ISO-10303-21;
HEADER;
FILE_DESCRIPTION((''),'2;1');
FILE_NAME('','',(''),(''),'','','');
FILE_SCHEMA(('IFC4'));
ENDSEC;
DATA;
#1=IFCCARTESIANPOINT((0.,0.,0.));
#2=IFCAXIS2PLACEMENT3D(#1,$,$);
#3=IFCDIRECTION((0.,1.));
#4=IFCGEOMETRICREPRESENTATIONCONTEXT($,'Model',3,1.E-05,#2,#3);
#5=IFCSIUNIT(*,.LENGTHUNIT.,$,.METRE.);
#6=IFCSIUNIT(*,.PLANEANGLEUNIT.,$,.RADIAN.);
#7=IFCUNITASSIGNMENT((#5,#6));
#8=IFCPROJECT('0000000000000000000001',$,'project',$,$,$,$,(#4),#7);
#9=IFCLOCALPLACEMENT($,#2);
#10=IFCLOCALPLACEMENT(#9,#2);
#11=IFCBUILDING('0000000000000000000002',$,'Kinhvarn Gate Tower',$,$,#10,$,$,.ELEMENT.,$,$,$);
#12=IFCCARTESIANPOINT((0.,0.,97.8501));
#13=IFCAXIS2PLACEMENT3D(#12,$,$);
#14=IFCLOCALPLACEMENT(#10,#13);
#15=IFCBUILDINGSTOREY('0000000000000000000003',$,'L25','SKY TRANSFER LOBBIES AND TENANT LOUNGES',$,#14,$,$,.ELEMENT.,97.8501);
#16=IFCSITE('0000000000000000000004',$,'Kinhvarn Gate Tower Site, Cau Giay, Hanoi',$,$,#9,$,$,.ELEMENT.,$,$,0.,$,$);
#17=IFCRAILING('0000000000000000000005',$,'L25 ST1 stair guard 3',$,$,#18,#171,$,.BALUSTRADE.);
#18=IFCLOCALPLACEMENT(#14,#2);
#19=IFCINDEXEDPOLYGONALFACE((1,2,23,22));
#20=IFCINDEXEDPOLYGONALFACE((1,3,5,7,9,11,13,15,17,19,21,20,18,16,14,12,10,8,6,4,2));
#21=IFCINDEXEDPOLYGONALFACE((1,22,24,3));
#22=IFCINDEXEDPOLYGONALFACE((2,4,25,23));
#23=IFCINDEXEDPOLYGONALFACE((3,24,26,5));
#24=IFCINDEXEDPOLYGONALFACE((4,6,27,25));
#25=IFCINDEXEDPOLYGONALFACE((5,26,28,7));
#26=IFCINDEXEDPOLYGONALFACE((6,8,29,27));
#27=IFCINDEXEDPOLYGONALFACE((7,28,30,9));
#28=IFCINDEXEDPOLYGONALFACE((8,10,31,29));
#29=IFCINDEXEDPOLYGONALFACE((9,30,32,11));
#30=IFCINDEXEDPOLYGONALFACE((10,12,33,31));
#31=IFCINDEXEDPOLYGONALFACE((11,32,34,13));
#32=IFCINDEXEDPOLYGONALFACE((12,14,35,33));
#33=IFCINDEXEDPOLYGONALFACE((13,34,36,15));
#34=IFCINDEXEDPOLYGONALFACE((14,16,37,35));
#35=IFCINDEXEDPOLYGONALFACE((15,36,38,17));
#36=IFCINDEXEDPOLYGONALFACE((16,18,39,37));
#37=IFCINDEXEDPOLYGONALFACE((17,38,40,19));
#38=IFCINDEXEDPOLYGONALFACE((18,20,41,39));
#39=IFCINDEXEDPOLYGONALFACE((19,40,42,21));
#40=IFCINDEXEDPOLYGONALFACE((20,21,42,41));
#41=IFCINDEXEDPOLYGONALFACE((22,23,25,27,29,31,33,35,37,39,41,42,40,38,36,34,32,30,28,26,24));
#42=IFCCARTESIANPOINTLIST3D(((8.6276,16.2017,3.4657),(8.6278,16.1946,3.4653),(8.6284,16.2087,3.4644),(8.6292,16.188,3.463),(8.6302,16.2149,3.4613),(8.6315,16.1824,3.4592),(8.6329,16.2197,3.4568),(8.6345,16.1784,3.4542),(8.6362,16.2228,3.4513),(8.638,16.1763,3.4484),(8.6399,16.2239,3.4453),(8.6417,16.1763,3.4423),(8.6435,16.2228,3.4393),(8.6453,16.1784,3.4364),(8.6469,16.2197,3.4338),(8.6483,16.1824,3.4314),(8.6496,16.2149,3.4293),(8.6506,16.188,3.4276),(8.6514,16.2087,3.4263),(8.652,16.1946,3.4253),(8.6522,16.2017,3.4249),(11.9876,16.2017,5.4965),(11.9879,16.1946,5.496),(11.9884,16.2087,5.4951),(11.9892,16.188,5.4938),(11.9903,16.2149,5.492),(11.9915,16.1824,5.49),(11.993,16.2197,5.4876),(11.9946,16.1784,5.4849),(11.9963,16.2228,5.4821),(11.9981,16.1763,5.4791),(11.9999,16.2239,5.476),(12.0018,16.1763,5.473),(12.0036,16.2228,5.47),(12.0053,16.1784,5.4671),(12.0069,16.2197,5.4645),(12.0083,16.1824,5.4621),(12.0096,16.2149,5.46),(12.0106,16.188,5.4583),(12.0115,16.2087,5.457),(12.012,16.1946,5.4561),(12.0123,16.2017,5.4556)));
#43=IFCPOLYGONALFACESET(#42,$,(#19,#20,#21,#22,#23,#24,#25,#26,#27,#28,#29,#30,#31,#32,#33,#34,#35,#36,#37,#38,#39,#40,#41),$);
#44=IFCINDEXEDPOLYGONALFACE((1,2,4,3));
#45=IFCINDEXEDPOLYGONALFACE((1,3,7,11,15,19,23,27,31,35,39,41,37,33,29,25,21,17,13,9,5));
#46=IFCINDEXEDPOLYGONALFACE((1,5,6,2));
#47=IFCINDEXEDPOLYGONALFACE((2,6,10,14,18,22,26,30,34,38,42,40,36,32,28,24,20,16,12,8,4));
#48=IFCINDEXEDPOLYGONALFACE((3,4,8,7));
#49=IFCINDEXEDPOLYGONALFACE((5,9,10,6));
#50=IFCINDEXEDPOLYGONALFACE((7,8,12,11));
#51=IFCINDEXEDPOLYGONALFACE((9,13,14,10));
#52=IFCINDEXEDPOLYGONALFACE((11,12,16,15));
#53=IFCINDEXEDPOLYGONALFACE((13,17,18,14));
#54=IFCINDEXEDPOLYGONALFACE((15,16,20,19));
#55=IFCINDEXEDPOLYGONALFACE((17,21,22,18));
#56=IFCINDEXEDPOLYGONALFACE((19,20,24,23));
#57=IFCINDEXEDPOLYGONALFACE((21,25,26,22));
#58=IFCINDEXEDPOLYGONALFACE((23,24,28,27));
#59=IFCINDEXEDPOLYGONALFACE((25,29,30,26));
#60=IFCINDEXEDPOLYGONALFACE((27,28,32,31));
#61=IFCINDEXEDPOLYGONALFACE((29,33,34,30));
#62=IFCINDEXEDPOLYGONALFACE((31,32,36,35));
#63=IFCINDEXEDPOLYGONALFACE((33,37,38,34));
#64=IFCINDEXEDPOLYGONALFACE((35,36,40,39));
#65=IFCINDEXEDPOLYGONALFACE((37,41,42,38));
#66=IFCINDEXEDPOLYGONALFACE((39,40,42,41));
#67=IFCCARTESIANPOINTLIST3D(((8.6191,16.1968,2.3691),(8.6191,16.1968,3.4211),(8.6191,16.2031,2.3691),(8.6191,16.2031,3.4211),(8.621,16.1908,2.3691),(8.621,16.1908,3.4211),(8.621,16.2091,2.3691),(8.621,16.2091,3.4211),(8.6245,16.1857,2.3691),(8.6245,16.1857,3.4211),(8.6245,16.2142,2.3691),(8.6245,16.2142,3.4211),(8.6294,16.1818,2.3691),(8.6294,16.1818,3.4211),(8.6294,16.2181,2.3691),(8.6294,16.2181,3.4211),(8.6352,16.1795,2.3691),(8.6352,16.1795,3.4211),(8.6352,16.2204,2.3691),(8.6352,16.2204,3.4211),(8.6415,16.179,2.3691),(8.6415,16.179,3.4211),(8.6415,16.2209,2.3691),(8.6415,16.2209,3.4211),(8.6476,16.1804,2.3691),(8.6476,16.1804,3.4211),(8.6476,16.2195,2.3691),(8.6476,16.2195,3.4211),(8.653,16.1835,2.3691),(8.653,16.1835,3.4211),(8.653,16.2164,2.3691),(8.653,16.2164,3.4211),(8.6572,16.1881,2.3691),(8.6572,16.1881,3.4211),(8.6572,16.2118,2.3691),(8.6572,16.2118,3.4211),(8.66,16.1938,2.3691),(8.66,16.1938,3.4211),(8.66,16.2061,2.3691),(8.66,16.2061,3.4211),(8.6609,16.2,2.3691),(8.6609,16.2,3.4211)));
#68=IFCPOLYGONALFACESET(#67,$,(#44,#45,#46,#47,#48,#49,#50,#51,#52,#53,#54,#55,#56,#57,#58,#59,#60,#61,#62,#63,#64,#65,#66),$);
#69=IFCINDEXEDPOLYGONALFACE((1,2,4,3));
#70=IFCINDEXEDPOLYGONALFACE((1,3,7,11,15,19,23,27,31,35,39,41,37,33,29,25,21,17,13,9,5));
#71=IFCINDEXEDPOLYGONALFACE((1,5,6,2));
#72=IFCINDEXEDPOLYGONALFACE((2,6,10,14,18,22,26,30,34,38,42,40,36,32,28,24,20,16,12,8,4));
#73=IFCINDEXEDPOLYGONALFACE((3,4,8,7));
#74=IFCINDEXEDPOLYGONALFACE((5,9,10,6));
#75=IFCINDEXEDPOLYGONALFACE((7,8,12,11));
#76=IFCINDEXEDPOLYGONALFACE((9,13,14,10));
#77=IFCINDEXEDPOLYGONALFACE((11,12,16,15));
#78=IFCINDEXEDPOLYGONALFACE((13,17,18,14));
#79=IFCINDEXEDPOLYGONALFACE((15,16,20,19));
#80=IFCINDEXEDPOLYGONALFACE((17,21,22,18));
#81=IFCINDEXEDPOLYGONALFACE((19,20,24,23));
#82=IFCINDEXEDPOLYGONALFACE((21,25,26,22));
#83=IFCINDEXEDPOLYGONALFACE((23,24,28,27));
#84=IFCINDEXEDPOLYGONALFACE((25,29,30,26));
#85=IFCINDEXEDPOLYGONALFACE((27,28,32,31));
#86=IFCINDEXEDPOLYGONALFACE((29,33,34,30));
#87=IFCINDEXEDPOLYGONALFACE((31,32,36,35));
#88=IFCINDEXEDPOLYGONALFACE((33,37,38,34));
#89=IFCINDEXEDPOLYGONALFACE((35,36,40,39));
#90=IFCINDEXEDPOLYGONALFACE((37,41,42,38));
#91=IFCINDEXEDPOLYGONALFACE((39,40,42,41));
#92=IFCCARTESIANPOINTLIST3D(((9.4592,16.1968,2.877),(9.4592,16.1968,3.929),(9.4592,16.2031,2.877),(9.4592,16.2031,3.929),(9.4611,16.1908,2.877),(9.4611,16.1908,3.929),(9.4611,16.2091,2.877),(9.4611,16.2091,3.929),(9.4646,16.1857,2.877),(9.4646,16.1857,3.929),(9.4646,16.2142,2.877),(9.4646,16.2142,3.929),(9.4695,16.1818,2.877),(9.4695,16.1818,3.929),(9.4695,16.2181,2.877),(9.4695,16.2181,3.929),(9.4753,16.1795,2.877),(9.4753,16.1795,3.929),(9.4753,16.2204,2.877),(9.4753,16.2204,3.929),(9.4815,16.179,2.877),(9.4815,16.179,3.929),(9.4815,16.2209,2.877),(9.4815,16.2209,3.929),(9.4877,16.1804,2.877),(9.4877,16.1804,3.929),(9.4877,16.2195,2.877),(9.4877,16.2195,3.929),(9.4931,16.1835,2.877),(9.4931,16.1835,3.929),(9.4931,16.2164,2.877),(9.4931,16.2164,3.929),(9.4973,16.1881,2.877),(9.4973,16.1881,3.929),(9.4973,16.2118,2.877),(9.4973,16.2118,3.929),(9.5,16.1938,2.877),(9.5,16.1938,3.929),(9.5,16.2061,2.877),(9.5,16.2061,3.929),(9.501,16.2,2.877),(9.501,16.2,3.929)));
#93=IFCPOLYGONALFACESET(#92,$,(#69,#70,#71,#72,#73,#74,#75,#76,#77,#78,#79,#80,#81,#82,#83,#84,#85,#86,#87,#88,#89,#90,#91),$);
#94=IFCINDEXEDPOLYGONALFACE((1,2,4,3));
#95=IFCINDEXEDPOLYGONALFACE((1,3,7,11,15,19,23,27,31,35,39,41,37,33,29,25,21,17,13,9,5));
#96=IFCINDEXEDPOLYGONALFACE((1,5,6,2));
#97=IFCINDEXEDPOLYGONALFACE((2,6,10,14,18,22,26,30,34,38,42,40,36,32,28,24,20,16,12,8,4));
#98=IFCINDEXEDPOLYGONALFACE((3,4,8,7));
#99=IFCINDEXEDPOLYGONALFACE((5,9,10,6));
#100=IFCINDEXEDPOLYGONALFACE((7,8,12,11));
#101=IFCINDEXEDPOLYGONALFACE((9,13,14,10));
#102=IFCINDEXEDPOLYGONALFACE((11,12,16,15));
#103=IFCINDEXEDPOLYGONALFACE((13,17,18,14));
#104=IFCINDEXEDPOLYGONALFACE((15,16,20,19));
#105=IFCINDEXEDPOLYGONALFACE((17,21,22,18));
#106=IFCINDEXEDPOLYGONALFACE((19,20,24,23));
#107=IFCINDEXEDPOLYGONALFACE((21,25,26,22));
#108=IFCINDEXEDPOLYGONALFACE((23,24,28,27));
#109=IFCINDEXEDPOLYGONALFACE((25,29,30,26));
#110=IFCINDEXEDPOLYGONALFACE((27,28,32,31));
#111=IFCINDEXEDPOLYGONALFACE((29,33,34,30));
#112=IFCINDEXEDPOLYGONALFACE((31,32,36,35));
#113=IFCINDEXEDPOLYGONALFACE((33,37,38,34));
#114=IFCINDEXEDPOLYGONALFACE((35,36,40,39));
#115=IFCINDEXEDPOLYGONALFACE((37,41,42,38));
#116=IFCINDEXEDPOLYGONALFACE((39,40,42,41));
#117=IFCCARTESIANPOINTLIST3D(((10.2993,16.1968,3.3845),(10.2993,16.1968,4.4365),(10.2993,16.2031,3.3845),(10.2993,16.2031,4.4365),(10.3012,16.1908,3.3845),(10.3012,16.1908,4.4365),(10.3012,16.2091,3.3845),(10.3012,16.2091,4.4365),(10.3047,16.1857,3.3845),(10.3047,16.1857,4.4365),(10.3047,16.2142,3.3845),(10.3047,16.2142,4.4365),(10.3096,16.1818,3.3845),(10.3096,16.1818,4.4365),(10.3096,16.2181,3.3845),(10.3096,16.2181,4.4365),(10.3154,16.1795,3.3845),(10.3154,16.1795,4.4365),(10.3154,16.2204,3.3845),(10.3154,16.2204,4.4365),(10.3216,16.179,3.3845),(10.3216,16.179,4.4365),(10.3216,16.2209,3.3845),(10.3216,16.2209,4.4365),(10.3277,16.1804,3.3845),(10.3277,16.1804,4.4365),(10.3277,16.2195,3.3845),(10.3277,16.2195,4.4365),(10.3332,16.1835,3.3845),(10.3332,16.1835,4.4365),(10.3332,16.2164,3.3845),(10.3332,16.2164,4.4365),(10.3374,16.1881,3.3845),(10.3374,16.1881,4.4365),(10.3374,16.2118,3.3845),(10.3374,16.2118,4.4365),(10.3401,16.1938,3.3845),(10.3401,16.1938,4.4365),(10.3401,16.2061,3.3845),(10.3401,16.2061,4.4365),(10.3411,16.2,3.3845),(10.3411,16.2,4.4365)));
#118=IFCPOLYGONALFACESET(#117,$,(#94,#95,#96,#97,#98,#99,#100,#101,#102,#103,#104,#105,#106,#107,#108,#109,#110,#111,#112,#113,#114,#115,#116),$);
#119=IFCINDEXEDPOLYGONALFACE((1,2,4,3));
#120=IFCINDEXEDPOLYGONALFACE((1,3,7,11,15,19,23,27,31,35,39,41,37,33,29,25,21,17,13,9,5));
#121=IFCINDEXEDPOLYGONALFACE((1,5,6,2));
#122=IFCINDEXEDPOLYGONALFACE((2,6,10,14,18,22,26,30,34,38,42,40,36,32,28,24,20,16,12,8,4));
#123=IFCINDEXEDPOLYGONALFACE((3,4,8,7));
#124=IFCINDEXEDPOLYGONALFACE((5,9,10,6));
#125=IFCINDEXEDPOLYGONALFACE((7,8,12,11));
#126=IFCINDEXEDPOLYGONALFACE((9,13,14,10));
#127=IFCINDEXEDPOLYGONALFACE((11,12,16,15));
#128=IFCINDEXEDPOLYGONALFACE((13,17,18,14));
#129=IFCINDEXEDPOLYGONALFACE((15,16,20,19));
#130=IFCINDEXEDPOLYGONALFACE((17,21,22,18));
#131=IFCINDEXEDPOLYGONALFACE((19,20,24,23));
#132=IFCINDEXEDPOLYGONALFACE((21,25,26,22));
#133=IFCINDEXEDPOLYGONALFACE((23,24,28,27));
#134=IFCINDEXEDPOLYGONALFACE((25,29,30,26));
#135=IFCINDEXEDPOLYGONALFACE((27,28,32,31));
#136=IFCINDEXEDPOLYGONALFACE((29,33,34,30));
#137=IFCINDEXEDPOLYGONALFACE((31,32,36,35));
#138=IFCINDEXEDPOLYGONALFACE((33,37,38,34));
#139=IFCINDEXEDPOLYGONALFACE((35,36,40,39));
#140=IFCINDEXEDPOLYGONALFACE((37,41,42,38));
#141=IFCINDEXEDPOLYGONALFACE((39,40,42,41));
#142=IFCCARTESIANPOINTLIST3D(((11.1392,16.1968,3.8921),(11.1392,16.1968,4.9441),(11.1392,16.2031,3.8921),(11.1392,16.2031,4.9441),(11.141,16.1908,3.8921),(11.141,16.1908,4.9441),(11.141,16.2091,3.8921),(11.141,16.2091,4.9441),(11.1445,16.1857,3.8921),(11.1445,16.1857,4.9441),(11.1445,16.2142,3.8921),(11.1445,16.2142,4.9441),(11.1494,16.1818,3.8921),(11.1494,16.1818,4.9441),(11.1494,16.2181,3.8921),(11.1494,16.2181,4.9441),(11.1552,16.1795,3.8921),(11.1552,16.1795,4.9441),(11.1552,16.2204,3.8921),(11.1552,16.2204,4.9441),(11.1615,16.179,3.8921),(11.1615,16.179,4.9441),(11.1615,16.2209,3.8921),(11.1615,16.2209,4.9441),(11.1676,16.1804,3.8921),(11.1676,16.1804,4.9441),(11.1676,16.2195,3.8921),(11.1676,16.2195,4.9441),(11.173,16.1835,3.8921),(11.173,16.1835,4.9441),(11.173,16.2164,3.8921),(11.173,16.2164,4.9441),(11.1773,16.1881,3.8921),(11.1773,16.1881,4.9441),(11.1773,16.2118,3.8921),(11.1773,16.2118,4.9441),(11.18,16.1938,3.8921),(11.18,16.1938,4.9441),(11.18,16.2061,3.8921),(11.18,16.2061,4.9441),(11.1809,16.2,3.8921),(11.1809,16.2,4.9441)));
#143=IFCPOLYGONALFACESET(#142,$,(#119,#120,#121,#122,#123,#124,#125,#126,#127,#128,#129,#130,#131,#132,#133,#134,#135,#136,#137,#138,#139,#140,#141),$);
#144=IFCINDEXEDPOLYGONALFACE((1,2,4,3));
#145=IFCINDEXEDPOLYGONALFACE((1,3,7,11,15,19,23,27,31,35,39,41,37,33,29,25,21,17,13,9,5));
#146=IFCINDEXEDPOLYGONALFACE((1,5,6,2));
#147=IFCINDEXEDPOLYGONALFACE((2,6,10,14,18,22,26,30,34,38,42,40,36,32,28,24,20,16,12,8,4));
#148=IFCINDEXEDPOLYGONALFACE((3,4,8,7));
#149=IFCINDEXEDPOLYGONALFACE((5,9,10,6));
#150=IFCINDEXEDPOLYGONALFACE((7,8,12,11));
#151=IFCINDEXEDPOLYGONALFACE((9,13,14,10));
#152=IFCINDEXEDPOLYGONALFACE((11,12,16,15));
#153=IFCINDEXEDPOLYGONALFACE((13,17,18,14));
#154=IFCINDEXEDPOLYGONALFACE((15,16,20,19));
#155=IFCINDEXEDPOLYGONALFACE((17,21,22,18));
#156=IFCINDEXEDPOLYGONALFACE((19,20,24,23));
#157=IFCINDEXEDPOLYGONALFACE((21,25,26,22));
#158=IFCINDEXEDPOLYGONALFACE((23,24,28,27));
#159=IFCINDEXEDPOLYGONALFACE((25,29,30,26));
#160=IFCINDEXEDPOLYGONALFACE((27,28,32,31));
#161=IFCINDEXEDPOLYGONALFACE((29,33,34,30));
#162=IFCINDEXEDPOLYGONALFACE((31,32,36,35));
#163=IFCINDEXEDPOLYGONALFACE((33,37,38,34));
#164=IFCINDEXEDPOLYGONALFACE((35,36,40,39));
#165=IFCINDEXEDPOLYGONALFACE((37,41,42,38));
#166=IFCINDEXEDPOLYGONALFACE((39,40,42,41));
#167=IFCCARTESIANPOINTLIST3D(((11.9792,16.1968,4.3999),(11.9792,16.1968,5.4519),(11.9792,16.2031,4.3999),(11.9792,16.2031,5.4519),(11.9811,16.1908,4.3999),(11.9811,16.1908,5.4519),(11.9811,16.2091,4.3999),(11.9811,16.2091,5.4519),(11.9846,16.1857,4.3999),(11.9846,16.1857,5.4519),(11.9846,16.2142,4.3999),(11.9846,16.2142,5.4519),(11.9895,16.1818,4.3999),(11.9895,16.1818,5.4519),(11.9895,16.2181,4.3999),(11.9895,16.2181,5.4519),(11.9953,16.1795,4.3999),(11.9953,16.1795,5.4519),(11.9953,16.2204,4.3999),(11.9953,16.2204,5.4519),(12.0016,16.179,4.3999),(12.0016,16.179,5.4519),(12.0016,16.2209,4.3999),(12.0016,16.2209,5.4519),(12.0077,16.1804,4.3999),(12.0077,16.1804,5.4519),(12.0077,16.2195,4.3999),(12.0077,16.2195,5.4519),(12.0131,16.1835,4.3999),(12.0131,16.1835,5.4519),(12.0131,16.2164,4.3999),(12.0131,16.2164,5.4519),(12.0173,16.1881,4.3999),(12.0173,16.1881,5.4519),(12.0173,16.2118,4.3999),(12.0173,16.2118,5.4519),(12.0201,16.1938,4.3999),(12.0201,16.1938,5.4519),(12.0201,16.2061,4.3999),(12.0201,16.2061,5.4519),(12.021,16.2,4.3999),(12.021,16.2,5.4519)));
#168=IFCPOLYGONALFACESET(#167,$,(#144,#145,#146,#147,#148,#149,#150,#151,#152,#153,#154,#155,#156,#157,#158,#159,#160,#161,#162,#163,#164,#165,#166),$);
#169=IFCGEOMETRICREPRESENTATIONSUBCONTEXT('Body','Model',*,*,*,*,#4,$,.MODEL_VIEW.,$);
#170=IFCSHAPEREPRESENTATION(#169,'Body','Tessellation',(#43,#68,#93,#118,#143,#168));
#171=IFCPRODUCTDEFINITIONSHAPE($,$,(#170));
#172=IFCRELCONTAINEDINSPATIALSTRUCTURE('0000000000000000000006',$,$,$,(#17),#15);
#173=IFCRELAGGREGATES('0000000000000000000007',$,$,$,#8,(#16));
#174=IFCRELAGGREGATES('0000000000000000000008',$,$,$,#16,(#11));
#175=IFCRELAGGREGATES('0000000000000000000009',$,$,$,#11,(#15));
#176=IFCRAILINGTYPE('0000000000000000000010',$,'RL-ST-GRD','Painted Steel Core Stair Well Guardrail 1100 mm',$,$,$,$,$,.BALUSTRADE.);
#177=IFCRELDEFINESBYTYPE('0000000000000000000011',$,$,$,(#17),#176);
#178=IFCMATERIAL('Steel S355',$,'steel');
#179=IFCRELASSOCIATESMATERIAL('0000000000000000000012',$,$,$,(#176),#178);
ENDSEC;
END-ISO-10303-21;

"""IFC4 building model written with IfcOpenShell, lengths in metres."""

from ifc_helpers import new_model, si_unit, direction, frame, origin, origin_2d, place, context, subcontext, project, spatial, circle, extrude, material, type_object, element, save


model = new_model("IFC4")

# Units and contexts
model_context = context("Model", 3, precision=1e-05, world=origin(), true_north=direction((0.0, 1.0)))
body_context = subcontext(model_context, "Body", "Model", "MODEL_VIEW")
ifc_project = project(units=[si_unit("LENGTHUNIT", "METRE"), si_unit("PLANEANGLEUNIT", "RADIAN")], contexts=[model_context])

# Site, building, storey
site_placement = place(None, origin())
site = spatial("IfcSite", under=ifc_project, at=site_placement, Name="Kinhvarn Gate Tower Site, Cau Giay, Hanoi", CompositionType="ELEMENT", RefElevation=0.0)
building_placement = place(site_placement, origin())
building = spatial("IfcBuilding", under=site, at=building_placement, Name="Kinhvarn Gate Tower", CompositionType="ELEMENT")
storey_placement = place(building_placement, frame((0.0, 0.0, 97.8501)))
storey = spatial("IfcBuildingStorey", under=building, at=storey_placement, Name="L25", Description="SKY TRANSFER LOBBIES AND TENANT LOUNGES", CompositionType="ELEMENT", Elevation=97.8501)

# Shared definitions
ifc_material_1 = material(Name="Steel S355", Category="steel")

# Railing
railing_type_1 = type_object("IfcRailingType", Name="RL-ST-GRD", Description="Painted Steel Core Stair Well Guardrail 1100 mm", PredefinedType="BALUSTRADE", material=ifc_material_1)
railing_1_placement = place(storey_placement, frame((8.6399, 16.2, 2.3691)))
element("IfcRailing", 1, at=railing_1_placement, inside=storey, type_object=railing_type_1, Name="L25 ST1 stair guard 3", PredefinedType="BALUSTRADE", context=body_context, shape_type="SweptSolid", body=[
    extrude(circle(Radius=0.0239, at=origin_2d()), frame((0.0, 0.0, 1.0762), z_axis=(0.855837, 0.0, 0.517246), x_axis=(0.0, 1.0, 0.0)), (0.0, 0.0, 1.0), 3.926),
    extrude(circle(Radius=0.021, at=origin_2d()), origin(), (0.0, 0.0, 1.0), 1.052),
    extrude(circle(Radius=0.021, at=origin_2d()), frame((0.8401, 0.0, 0.5078)), (0.0, 0.0, 1.0), 1.052),
    extrude(circle(Radius=0.021, at=origin_2d()), frame((1.6802, 0.0, 1.0154)), (0.0, 0.0, 1.0), 1.052),
    extrude(circle(Radius=0.021, at=origin_2d()), frame((2.52, 0.0, 1.5229)), (0.0, 0.0, 1.0), 1.052),
    extrude(circle(Radius=0.021, at=origin_2d()), frame((3.3601, 0.0, 2.0308)), (0.0, 0.0, 1.0), 1.052),
])

save(model, "model.ifc")
